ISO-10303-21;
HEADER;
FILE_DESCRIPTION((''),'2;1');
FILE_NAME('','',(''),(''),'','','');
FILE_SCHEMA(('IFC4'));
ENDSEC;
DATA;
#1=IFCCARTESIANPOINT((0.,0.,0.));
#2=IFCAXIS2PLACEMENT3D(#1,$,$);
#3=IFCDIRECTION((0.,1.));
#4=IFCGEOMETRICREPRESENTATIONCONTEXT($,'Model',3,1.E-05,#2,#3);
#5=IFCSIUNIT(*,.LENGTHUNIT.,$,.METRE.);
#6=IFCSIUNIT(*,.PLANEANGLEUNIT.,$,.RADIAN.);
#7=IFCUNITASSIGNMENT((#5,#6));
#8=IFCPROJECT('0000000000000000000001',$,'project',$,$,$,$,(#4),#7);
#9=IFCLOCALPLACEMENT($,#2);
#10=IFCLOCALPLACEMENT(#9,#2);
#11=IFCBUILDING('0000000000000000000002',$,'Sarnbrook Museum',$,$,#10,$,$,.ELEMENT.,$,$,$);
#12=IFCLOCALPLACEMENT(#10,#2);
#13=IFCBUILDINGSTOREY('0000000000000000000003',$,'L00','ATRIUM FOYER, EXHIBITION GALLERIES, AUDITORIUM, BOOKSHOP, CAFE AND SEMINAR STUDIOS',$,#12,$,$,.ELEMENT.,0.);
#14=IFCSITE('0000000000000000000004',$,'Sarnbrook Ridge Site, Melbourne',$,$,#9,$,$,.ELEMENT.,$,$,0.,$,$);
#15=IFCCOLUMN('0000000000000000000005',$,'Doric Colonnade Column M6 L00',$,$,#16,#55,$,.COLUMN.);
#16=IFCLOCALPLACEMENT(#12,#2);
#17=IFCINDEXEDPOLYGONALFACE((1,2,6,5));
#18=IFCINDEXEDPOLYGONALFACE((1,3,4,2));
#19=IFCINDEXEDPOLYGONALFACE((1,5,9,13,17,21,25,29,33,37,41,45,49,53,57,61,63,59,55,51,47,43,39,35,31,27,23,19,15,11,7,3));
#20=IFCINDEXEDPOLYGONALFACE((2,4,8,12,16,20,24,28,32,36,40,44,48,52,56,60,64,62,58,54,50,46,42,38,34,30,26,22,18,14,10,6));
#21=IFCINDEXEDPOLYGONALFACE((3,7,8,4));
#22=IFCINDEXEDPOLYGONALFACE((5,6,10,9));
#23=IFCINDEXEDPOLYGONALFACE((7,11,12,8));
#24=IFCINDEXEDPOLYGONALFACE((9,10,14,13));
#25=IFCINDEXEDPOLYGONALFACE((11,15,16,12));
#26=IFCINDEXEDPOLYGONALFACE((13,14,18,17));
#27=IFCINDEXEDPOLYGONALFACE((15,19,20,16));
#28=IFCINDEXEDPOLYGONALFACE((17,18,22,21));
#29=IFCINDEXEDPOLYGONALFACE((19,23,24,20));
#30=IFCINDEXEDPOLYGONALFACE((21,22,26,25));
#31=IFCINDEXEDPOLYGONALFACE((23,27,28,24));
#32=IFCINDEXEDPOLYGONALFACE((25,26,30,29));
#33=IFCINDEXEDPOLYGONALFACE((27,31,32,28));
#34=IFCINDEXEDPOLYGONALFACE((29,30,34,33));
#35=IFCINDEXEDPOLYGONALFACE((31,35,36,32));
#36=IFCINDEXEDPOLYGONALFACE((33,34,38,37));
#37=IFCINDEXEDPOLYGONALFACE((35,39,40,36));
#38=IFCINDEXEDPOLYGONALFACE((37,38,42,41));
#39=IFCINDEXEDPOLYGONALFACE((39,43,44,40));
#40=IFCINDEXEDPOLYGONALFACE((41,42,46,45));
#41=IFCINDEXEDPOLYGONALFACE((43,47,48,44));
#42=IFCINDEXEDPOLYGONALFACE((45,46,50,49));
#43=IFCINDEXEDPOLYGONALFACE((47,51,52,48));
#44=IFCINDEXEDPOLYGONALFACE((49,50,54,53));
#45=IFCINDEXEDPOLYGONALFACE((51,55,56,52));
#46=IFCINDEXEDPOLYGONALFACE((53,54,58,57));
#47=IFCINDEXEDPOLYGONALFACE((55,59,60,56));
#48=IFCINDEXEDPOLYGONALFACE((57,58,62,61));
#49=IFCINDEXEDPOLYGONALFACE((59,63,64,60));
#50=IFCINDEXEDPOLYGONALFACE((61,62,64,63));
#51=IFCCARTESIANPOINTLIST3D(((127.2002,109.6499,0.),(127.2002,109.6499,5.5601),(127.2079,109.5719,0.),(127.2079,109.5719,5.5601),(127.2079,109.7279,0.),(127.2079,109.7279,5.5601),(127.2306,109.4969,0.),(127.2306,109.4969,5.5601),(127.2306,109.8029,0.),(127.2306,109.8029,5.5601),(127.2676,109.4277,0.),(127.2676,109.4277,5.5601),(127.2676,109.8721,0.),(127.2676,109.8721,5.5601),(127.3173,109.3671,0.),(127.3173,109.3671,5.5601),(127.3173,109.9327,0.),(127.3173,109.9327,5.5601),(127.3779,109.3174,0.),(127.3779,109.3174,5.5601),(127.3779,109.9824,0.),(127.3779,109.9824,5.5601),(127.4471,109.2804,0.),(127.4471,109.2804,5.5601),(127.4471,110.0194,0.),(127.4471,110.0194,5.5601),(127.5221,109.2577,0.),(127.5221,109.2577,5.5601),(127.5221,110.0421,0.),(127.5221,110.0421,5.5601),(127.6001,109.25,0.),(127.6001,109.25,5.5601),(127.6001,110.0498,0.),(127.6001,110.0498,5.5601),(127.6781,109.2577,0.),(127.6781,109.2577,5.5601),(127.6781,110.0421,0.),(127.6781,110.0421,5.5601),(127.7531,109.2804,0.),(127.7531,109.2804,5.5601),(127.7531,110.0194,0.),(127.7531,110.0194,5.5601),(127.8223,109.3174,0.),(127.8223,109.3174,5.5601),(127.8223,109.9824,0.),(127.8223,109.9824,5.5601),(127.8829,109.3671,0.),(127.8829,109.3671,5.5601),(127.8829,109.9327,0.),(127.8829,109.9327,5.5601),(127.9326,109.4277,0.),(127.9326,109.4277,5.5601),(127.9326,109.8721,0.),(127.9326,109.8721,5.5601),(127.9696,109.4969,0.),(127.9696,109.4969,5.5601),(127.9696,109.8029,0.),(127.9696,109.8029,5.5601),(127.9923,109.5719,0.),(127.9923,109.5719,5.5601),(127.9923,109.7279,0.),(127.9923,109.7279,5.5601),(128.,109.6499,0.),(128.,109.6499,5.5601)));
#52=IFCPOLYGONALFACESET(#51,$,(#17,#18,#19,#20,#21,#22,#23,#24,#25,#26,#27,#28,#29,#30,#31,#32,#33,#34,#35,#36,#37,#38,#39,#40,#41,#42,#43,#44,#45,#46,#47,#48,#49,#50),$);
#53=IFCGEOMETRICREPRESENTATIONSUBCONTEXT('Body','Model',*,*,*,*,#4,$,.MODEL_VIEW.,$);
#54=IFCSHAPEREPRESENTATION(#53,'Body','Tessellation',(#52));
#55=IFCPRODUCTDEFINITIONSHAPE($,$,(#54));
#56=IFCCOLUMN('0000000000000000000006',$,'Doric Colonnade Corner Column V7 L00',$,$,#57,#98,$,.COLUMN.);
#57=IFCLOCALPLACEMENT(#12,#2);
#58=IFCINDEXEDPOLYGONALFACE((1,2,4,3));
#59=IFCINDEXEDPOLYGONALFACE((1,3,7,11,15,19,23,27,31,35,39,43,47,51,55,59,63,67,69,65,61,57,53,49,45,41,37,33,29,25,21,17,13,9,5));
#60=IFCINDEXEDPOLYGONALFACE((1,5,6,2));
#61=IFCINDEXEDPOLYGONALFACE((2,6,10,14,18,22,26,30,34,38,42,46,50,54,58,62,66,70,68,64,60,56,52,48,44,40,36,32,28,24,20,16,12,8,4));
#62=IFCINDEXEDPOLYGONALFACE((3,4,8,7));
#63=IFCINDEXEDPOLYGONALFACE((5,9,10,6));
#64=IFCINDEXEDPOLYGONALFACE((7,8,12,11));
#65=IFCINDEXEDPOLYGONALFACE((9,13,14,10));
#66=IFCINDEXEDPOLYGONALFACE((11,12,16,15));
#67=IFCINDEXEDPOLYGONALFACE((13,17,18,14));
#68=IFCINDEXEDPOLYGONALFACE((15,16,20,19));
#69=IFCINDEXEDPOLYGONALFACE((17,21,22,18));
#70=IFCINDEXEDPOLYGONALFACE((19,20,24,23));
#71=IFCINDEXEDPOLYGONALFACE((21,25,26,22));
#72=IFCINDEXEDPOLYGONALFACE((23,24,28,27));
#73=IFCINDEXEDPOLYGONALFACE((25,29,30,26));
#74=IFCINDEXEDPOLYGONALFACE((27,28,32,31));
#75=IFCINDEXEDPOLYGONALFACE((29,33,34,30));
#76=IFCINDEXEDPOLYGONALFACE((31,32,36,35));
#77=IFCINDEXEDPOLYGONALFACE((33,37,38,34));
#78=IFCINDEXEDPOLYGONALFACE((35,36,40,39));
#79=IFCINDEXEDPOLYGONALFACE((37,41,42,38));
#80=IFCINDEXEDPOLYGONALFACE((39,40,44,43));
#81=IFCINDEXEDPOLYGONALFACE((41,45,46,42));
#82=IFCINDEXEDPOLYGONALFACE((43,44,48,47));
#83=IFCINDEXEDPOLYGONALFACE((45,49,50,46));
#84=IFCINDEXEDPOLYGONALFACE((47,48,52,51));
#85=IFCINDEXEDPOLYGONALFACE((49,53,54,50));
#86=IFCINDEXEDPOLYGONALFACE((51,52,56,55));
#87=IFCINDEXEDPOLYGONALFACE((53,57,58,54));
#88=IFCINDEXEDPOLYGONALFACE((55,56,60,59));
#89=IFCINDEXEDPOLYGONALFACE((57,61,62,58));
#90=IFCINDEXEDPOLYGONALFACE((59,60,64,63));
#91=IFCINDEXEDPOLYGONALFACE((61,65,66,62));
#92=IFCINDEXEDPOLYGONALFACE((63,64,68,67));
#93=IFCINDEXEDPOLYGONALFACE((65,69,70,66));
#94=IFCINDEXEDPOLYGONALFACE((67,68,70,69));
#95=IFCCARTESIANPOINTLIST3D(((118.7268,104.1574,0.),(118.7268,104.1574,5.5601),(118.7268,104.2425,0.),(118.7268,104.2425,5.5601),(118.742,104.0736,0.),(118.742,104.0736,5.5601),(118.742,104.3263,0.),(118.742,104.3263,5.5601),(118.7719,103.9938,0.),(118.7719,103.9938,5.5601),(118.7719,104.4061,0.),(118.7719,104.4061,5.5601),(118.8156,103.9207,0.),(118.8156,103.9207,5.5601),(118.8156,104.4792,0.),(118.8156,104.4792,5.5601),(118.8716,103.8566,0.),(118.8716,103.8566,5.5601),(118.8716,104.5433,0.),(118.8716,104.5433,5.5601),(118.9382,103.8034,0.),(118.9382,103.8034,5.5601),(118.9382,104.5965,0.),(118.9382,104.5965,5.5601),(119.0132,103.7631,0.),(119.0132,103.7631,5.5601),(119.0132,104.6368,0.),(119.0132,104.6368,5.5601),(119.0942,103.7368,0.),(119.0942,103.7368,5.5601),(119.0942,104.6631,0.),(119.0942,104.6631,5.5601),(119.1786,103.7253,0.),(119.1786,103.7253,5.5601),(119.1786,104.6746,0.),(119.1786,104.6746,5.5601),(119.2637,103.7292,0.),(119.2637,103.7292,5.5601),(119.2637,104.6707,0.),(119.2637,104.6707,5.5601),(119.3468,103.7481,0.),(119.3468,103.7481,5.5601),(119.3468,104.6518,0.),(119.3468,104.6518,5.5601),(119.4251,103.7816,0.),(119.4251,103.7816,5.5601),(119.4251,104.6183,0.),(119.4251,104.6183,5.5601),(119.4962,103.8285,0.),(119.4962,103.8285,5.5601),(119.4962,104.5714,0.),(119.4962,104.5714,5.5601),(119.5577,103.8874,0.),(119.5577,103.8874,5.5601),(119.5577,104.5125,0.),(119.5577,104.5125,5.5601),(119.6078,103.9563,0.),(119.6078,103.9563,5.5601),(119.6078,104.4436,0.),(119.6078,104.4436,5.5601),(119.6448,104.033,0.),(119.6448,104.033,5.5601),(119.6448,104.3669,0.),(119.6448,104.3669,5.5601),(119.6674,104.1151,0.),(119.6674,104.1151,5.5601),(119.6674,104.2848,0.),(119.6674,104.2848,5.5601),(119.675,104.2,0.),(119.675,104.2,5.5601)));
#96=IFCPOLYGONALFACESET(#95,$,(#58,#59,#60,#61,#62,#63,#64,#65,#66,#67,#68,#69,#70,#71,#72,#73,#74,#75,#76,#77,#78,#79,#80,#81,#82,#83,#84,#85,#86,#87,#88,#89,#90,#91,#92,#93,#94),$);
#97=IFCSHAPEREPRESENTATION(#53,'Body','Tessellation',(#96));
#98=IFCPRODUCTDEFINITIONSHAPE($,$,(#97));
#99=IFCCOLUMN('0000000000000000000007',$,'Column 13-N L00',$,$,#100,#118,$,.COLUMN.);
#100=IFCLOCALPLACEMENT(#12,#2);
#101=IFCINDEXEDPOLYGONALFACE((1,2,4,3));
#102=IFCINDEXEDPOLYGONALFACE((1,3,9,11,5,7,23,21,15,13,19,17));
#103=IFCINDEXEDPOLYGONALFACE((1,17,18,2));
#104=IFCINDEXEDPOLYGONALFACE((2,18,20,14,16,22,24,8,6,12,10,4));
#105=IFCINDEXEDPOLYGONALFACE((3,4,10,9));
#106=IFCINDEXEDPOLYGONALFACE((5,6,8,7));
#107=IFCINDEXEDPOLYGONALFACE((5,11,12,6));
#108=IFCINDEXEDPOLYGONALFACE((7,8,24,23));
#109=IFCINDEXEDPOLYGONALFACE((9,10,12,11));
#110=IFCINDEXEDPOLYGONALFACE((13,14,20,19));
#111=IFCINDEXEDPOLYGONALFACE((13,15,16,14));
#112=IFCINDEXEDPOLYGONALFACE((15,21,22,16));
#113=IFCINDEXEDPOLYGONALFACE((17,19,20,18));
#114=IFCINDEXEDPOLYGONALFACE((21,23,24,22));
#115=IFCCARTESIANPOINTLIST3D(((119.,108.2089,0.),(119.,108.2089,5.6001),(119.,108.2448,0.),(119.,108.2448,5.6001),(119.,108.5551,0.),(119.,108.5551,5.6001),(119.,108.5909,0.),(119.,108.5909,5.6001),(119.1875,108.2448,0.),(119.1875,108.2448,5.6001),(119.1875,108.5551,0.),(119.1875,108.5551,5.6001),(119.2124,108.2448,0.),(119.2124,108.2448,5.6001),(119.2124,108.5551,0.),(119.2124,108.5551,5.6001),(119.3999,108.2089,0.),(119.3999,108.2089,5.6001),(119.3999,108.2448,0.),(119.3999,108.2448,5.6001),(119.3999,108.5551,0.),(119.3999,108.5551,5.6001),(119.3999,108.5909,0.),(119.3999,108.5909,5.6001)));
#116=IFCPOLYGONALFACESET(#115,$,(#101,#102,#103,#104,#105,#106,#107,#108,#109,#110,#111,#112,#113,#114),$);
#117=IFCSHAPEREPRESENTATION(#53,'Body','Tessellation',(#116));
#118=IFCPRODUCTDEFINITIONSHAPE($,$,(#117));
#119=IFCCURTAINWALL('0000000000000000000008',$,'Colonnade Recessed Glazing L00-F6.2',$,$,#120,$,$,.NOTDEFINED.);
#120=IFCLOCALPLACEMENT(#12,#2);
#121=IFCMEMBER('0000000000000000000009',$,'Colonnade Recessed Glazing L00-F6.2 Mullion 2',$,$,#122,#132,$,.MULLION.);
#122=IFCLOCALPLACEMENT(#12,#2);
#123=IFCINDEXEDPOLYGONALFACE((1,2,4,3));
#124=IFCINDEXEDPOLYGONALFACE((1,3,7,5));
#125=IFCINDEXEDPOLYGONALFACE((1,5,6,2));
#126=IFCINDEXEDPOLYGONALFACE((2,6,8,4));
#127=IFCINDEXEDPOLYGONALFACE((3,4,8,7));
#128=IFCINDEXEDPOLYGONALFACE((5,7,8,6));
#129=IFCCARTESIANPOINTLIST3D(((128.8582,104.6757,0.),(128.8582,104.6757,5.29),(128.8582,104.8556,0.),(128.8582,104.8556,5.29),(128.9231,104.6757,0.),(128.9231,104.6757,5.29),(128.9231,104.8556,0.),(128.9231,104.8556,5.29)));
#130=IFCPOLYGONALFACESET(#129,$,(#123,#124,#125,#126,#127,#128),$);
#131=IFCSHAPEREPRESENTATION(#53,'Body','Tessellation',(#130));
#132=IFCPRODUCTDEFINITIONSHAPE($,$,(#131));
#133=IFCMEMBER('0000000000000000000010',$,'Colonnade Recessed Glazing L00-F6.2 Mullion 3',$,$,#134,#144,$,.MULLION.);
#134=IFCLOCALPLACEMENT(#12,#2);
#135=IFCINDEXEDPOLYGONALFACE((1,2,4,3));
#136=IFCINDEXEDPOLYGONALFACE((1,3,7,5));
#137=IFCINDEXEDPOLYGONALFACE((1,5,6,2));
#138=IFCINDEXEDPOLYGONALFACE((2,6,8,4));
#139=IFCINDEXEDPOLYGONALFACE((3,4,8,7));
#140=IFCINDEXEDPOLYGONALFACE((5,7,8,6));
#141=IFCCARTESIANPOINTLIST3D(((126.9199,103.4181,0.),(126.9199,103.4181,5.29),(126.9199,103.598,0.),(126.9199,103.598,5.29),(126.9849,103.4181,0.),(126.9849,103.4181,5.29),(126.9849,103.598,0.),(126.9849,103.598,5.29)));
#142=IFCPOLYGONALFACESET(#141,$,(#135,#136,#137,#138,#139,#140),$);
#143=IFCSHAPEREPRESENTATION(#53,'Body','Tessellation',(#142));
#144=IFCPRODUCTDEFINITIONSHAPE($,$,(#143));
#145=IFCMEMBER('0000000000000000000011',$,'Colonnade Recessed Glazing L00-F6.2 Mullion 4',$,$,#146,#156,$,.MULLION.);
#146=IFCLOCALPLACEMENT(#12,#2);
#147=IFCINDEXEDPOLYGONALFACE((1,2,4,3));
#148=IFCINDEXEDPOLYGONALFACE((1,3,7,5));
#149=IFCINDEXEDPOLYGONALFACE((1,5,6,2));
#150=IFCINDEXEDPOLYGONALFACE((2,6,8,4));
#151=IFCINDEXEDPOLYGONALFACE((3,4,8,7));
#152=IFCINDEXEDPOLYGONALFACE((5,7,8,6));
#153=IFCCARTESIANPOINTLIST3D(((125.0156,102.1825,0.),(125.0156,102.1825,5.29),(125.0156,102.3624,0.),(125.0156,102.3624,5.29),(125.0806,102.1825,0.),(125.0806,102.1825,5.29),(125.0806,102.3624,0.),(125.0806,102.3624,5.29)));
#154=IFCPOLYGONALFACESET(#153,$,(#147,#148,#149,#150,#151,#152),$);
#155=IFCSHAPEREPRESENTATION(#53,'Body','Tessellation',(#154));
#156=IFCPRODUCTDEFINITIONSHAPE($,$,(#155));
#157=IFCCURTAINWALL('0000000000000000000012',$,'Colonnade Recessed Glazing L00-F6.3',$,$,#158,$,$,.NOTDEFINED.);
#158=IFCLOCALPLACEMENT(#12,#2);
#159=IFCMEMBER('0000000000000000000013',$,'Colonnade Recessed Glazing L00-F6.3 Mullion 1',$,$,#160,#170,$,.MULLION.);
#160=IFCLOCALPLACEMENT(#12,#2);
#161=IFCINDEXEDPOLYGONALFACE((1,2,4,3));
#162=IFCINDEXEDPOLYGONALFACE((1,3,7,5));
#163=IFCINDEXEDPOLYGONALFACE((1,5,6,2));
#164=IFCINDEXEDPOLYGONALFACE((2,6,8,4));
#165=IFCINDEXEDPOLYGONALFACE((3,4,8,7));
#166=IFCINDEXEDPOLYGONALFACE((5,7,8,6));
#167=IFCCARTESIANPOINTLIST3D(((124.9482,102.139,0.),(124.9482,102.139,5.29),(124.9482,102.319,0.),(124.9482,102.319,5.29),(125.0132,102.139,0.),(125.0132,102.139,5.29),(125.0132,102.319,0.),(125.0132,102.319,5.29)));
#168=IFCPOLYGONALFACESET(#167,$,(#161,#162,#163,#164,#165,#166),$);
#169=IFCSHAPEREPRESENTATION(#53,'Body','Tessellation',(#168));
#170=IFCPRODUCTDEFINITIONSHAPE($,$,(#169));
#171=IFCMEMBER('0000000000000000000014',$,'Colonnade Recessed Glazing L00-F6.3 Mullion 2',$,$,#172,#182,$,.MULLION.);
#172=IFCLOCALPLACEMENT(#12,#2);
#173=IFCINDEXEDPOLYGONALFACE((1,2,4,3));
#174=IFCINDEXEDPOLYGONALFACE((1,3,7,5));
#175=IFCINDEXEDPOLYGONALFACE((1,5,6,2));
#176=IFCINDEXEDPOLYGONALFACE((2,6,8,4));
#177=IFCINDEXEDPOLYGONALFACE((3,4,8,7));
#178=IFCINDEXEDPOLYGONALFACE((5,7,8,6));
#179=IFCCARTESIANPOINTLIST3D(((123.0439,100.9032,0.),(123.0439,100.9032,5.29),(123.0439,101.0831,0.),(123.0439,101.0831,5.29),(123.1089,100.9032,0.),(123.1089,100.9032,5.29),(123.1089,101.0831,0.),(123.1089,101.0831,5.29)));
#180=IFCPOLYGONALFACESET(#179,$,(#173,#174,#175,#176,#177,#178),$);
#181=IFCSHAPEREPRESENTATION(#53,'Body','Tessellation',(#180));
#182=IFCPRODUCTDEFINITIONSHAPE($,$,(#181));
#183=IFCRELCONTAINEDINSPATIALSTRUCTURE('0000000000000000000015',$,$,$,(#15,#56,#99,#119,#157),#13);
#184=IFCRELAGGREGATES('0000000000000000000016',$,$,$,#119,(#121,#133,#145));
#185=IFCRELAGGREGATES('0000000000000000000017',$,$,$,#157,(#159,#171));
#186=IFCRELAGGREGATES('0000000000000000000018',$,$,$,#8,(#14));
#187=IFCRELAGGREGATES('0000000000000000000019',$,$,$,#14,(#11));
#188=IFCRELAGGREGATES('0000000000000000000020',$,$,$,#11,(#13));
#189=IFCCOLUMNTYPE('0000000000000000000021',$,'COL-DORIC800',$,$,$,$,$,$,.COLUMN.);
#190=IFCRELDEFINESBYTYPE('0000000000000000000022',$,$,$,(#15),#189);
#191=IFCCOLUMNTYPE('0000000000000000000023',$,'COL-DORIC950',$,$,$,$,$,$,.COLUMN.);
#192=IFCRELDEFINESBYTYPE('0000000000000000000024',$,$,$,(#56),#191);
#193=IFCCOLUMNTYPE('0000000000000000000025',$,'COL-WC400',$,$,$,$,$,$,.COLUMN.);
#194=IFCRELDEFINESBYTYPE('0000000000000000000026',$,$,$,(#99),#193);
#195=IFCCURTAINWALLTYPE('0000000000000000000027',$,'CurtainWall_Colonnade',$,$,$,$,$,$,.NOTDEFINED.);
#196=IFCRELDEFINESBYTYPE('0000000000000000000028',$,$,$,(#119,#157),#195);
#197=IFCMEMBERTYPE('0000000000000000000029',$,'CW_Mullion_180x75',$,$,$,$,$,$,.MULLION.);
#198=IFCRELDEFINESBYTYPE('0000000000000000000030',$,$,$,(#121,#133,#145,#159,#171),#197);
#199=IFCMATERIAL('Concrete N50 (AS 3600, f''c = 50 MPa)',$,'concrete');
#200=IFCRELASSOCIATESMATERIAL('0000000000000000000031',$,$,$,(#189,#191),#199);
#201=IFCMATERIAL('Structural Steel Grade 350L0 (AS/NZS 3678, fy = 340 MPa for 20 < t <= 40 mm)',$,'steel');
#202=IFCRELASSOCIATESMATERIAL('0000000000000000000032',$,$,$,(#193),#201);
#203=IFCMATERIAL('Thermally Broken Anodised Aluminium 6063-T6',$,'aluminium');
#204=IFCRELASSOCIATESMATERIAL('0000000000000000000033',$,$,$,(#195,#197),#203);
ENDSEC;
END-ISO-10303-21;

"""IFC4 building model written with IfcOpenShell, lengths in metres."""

from ifc_helpers import new_model, si_unit, direction, frame, origin, origin_2d, place, context, subcontext, project, spatial, rectangle, circle, i_section, extrude, material, material_profile, profile_set, type_object, element, aggregate, save


model = new_model("IFC4")

# Units and contexts
model_context = context("Model", 3, precision=1e-05, world=origin(), true_north=direction((0.0, 1.0)))
body_context = subcontext(model_context, "Body", "Model", "MODEL_VIEW")
ifc_project = project(units=[si_unit("LENGTHUNIT", "METRE"), si_unit("PLANEANGLEUNIT", "RADIAN")], contexts=[model_context])

# Site, building, storey
site_placement = place(None, origin())
site = spatial("IfcSite", under=ifc_project, at=site_placement, Name="Sarnbrook Ridge Site, Melbourne", CompositionType="ELEMENT", RefElevation=0.0)
building_placement = place(site_placement, origin())
building = spatial("IfcBuilding", under=site, at=building_placement, Name="Sarnbrook Museum", CompositionType="ELEMENT")
storey_placement = place(building_placement, origin())
storey = spatial("IfcBuildingStorey", under=building, at=storey_placement, Name="L00", Description="ATRIUM FOYER, EXHIBITION GALLERIES, AUDITORIUM, BOOKSHOP, CAFE AND SEMINAR STUDIOS", CompositionType="ELEMENT", Elevation=0.0)

# Columns
ifc_material_1 = material(Name="Concrete N50 (AS 3600, f'c = 50 MPa)", Category="concrete")
ifc_material_profile_1 = material_profile(ifc_material_1, circle(Radius=0.3999, at=origin_2d()), Name="DORIC D800")
ifc_profile_set_1 = profile_set([ifc_material_profile_1], Name="Concrete N50 (AS 3600, f'c = 50 MPa)")
column_type_1 = type_object("IfcColumnType", Name="COL-DORIC800", PredefinedType="COLUMN", material=ifc_profile_set_1)
column_1_placement = place(storey_placement, frame((127.6001, 109.6499, 0.0), z_axis=(0.0, 0.0, 1.0), x_axis=(1.0, 0.0, 0.0)))
element("IfcColumn", 1, at=column_1_placement, inside=storey, type_object=column_type_1, Name="Doric Colonnade Column M6 L00", PredefinedType="COLUMN", context=body_context, shape_type="SweptSolid", body=[
    extrude(circle(Radius=0.3999, at=origin_2d()), origin(), (0.0, 0.0, 1.0), 5.5601),
])
ifc_material_profile_2 = material_profile(ifc_material_1, circle(Radius=0.4751, at=origin_2d()), Name="DORIC D950")
ifc_profile_set_2 = profile_set([ifc_material_profile_2], Name="Concrete N50 (AS 3600, f'c = 50 MPa)")
column_type_2 = type_object("IfcColumnType", Name="COL-DORIC950", PredefinedType="COLUMN", material=ifc_profile_set_2)
column_2_placement = place(storey_placement, frame((119.2, 104.2, 0.0), z_axis=(0.0, 0.0, 1.0), x_axis=(1.0, 0.0, 0.0)))
element("IfcColumn", 2, at=column_2_placement, inside=storey, type_object=column_type_2, Name="Doric Colonnade Corner Column V7 L00", PredefinedType="COLUMN", context=body_context, shape_type="SweptSolid", body=[
    extrude(circle(Radius=0.4751, at=origin_2d()), origin(), (0.0, 0.0, 1.0), 5.5601),
])
ifc_material_2 = material(Name="Structural Steel Grade 350L0 (AS/NZS 3678, fy = 340 MPa for 20 < t <= 40 mm)", Category="steel")
ifc_material_profile_3 = material_profile(ifc_material_2, i_section(OverallWidth=0.3999, OverallDepth=0.3821, WebThickness=0.0249, FlangeThickness=0.0359, at=origin_2d()), Name="400WC270")
ifc_profile_set_3 = profile_set([ifc_material_profile_3], Name="Structural Steel Grade 350L0 (AS/NZS 3678, fy = 340 MPa for 20 < t <= 40 mm)")
column_type_3 = type_object("IfcColumnType", Name="COL-WC400", PredefinedType="COLUMN", material=ifc_profile_set_3)
column_3_placement = place(storey_placement, frame((119.2, 108.3999, 0.0), z_axis=(0.0, 0.0, 1.0), x_axis=(1.0, 0.0, 0.0)))
element("IfcColumn", 3, at=column_3_placement, inside=storey, type_object=column_type_3, Name="Column 13-N L00", PredefinedType="COLUMN", context=body_context, shape_type="SweptSolid", body=[
    extrude(i_section(OverallWidth=0.3999, OverallDepth=0.3821, WebThickness=0.0249, FlangeThickness=0.0359, at=origin_2d()), origin(), (0.0, 0.0, 1.0), 5.6001),
])

# Curtain walls, members
ifc_material_3 = material(Name="Thermally Broken Anodised Aluminium 6063-T6", Category="aluminium")
curtain_wall_type = type_object("IfcCurtainWallType", Name="CurtainWall_Colonnade", PredefinedType="NOTDEFINED", material=ifc_material_3)
curtain_wall_1_placement = place(storey_placement, origin())
curtain_wall_1 = element("IfcCurtainWall", 4, at=curtain_wall_1_placement, inside=storey, type_object=curtain_wall_type, Name="Colonnade Recessed Glazing L00-F6.2", PredefinedType="NOTDEFINED")
ifc_material_profile_4 = material_profile(ifc_material_3, rectangle(XDim=0.0649, YDim=0.1799, at=origin_2d()), Name="ALU MULLION 65x180")
ifc_profile_set_4 = profile_set([ifc_material_profile_4], Name="Thermally Broken Anodised Aluminium 6063-T6")
member_type_1 = type_object("IfcMemberType", Name="CW_Mullion_180x75", PredefinedType="MULLION", material=ifc_profile_set_4)
member_1_placement = place(storey_placement, frame((128.8906, 104.7656, 0.0), z_axis=(0.0, 0.0, 1.0), x_axis=(1.0, 0.0, 0.0)))
member_1 = element("IfcMember", 5, at=member_1_placement, type_object=member_type_1, Name="Colonnade Recessed Glazing L00-F6.2 Mullion 2", PredefinedType="MULLION", context=body_context, shape_type="SweptSolid", body=[
    extrude(rectangle(XDim=0.0649, YDim=0.1799, at=origin_2d()), origin(), (0.0, 0.0, 1.0), 5.29),
])
member_2_placement = place(storey_placement, frame((126.9524, 103.5081, 0.0), z_axis=(0.0, 0.0, 1.0), x_axis=(1.0, 0.0, 0.0)))
member_2 = element("IfcMember", 6, at=member_2_placement, type_object=member_type_1, Name="Colonnade Recessed Glazing L00-F6.2 Mullion 3", PredefinedType="MULLION", context=body_context, shape_type="SweptSolid", body=[
    extrude(rectangle(XDim=0.0649, YDim=0.1799, at=origin_2d()), origin(), (0.0, 0.0, 1.0), 5.29),
])
member_3_placement = place(storey_placement, frame((125.0481, 102.2725, 0.0), z_axis=(0.0, 0.0, 1.0), x_axis=(1.0, 0.0, 0.0)))
member_3 = element("IfcMember", 7, at=member_3_placement, type_object=member_type_1, Name="Colonnade Recessed Glazing L00-F6.2 Mullion 4", PredefinedType="MULLION", context=body_context, shape_type="SweptSolid", body=[
    extrude(rectangle(XDim=0.0649, YDim=0.1799, at=origin_2d()), origin(), (0.0, 0.0, 1.0), 5.29),
])
curtain_wall_2_placement = place(storey_placement, origin())
curtain_wall_2 = element("IfcCurtainWall", 8, at=curtain_wall_2_placement, inside=storey, type_object=curtain_wall_type, Name="Colonnade Recessed Glazing L00-F6.3", PredefinedType="NOTDEFINED")
member_4_placement = place(storey_placement, frame((124.9807, 102.229, 0.0), z_axis=(0.0, 0.0, 1.0), x_axis=(1.0, 0.0, 0.0)))
member_4 = element("IfcMember", 9, at=member_4_placement, type_object=member_type_1, Name="Colonnade Recessed Glazing L00-F6.3 Mullion 1", PredefinedType="MULLION", context=body_context, shape_type="SweptSolid", body=[
    extrude(rectangle(XDim=0.0649, YDim=0.1799, at=origin_2d()), origin(), (0.0, 0.0, 1.0), 5.29),
])
member_5_placement = place(storey_placement, frame((123.0764, 100.9932, 0.0), z_axis=(0.0, 0.0, 1.0), x_axis=(1.0, 0.0, 0.0)))
member_5 = element("IfcMember", 10, at=member_5_placement, type_object=member_type_1, Name="Colonnade Recessed Glazing L00-F6.3 Mullion 2", PredefinedType="MULLION", context=body_context, shape_type="SweptSolid", body=[
    extrude(rectangle(XDim=0.0649, YDim=0.1799, at=origin_2d()), origin(), (0.0, 0.0, 1.0), 5.29),
])

aggregate(curtain_wall_1, [member_1, member_2, member_3])
aggregate(curtain_wall_2, [member_4, member_5])

save(model, "model.ifc")
